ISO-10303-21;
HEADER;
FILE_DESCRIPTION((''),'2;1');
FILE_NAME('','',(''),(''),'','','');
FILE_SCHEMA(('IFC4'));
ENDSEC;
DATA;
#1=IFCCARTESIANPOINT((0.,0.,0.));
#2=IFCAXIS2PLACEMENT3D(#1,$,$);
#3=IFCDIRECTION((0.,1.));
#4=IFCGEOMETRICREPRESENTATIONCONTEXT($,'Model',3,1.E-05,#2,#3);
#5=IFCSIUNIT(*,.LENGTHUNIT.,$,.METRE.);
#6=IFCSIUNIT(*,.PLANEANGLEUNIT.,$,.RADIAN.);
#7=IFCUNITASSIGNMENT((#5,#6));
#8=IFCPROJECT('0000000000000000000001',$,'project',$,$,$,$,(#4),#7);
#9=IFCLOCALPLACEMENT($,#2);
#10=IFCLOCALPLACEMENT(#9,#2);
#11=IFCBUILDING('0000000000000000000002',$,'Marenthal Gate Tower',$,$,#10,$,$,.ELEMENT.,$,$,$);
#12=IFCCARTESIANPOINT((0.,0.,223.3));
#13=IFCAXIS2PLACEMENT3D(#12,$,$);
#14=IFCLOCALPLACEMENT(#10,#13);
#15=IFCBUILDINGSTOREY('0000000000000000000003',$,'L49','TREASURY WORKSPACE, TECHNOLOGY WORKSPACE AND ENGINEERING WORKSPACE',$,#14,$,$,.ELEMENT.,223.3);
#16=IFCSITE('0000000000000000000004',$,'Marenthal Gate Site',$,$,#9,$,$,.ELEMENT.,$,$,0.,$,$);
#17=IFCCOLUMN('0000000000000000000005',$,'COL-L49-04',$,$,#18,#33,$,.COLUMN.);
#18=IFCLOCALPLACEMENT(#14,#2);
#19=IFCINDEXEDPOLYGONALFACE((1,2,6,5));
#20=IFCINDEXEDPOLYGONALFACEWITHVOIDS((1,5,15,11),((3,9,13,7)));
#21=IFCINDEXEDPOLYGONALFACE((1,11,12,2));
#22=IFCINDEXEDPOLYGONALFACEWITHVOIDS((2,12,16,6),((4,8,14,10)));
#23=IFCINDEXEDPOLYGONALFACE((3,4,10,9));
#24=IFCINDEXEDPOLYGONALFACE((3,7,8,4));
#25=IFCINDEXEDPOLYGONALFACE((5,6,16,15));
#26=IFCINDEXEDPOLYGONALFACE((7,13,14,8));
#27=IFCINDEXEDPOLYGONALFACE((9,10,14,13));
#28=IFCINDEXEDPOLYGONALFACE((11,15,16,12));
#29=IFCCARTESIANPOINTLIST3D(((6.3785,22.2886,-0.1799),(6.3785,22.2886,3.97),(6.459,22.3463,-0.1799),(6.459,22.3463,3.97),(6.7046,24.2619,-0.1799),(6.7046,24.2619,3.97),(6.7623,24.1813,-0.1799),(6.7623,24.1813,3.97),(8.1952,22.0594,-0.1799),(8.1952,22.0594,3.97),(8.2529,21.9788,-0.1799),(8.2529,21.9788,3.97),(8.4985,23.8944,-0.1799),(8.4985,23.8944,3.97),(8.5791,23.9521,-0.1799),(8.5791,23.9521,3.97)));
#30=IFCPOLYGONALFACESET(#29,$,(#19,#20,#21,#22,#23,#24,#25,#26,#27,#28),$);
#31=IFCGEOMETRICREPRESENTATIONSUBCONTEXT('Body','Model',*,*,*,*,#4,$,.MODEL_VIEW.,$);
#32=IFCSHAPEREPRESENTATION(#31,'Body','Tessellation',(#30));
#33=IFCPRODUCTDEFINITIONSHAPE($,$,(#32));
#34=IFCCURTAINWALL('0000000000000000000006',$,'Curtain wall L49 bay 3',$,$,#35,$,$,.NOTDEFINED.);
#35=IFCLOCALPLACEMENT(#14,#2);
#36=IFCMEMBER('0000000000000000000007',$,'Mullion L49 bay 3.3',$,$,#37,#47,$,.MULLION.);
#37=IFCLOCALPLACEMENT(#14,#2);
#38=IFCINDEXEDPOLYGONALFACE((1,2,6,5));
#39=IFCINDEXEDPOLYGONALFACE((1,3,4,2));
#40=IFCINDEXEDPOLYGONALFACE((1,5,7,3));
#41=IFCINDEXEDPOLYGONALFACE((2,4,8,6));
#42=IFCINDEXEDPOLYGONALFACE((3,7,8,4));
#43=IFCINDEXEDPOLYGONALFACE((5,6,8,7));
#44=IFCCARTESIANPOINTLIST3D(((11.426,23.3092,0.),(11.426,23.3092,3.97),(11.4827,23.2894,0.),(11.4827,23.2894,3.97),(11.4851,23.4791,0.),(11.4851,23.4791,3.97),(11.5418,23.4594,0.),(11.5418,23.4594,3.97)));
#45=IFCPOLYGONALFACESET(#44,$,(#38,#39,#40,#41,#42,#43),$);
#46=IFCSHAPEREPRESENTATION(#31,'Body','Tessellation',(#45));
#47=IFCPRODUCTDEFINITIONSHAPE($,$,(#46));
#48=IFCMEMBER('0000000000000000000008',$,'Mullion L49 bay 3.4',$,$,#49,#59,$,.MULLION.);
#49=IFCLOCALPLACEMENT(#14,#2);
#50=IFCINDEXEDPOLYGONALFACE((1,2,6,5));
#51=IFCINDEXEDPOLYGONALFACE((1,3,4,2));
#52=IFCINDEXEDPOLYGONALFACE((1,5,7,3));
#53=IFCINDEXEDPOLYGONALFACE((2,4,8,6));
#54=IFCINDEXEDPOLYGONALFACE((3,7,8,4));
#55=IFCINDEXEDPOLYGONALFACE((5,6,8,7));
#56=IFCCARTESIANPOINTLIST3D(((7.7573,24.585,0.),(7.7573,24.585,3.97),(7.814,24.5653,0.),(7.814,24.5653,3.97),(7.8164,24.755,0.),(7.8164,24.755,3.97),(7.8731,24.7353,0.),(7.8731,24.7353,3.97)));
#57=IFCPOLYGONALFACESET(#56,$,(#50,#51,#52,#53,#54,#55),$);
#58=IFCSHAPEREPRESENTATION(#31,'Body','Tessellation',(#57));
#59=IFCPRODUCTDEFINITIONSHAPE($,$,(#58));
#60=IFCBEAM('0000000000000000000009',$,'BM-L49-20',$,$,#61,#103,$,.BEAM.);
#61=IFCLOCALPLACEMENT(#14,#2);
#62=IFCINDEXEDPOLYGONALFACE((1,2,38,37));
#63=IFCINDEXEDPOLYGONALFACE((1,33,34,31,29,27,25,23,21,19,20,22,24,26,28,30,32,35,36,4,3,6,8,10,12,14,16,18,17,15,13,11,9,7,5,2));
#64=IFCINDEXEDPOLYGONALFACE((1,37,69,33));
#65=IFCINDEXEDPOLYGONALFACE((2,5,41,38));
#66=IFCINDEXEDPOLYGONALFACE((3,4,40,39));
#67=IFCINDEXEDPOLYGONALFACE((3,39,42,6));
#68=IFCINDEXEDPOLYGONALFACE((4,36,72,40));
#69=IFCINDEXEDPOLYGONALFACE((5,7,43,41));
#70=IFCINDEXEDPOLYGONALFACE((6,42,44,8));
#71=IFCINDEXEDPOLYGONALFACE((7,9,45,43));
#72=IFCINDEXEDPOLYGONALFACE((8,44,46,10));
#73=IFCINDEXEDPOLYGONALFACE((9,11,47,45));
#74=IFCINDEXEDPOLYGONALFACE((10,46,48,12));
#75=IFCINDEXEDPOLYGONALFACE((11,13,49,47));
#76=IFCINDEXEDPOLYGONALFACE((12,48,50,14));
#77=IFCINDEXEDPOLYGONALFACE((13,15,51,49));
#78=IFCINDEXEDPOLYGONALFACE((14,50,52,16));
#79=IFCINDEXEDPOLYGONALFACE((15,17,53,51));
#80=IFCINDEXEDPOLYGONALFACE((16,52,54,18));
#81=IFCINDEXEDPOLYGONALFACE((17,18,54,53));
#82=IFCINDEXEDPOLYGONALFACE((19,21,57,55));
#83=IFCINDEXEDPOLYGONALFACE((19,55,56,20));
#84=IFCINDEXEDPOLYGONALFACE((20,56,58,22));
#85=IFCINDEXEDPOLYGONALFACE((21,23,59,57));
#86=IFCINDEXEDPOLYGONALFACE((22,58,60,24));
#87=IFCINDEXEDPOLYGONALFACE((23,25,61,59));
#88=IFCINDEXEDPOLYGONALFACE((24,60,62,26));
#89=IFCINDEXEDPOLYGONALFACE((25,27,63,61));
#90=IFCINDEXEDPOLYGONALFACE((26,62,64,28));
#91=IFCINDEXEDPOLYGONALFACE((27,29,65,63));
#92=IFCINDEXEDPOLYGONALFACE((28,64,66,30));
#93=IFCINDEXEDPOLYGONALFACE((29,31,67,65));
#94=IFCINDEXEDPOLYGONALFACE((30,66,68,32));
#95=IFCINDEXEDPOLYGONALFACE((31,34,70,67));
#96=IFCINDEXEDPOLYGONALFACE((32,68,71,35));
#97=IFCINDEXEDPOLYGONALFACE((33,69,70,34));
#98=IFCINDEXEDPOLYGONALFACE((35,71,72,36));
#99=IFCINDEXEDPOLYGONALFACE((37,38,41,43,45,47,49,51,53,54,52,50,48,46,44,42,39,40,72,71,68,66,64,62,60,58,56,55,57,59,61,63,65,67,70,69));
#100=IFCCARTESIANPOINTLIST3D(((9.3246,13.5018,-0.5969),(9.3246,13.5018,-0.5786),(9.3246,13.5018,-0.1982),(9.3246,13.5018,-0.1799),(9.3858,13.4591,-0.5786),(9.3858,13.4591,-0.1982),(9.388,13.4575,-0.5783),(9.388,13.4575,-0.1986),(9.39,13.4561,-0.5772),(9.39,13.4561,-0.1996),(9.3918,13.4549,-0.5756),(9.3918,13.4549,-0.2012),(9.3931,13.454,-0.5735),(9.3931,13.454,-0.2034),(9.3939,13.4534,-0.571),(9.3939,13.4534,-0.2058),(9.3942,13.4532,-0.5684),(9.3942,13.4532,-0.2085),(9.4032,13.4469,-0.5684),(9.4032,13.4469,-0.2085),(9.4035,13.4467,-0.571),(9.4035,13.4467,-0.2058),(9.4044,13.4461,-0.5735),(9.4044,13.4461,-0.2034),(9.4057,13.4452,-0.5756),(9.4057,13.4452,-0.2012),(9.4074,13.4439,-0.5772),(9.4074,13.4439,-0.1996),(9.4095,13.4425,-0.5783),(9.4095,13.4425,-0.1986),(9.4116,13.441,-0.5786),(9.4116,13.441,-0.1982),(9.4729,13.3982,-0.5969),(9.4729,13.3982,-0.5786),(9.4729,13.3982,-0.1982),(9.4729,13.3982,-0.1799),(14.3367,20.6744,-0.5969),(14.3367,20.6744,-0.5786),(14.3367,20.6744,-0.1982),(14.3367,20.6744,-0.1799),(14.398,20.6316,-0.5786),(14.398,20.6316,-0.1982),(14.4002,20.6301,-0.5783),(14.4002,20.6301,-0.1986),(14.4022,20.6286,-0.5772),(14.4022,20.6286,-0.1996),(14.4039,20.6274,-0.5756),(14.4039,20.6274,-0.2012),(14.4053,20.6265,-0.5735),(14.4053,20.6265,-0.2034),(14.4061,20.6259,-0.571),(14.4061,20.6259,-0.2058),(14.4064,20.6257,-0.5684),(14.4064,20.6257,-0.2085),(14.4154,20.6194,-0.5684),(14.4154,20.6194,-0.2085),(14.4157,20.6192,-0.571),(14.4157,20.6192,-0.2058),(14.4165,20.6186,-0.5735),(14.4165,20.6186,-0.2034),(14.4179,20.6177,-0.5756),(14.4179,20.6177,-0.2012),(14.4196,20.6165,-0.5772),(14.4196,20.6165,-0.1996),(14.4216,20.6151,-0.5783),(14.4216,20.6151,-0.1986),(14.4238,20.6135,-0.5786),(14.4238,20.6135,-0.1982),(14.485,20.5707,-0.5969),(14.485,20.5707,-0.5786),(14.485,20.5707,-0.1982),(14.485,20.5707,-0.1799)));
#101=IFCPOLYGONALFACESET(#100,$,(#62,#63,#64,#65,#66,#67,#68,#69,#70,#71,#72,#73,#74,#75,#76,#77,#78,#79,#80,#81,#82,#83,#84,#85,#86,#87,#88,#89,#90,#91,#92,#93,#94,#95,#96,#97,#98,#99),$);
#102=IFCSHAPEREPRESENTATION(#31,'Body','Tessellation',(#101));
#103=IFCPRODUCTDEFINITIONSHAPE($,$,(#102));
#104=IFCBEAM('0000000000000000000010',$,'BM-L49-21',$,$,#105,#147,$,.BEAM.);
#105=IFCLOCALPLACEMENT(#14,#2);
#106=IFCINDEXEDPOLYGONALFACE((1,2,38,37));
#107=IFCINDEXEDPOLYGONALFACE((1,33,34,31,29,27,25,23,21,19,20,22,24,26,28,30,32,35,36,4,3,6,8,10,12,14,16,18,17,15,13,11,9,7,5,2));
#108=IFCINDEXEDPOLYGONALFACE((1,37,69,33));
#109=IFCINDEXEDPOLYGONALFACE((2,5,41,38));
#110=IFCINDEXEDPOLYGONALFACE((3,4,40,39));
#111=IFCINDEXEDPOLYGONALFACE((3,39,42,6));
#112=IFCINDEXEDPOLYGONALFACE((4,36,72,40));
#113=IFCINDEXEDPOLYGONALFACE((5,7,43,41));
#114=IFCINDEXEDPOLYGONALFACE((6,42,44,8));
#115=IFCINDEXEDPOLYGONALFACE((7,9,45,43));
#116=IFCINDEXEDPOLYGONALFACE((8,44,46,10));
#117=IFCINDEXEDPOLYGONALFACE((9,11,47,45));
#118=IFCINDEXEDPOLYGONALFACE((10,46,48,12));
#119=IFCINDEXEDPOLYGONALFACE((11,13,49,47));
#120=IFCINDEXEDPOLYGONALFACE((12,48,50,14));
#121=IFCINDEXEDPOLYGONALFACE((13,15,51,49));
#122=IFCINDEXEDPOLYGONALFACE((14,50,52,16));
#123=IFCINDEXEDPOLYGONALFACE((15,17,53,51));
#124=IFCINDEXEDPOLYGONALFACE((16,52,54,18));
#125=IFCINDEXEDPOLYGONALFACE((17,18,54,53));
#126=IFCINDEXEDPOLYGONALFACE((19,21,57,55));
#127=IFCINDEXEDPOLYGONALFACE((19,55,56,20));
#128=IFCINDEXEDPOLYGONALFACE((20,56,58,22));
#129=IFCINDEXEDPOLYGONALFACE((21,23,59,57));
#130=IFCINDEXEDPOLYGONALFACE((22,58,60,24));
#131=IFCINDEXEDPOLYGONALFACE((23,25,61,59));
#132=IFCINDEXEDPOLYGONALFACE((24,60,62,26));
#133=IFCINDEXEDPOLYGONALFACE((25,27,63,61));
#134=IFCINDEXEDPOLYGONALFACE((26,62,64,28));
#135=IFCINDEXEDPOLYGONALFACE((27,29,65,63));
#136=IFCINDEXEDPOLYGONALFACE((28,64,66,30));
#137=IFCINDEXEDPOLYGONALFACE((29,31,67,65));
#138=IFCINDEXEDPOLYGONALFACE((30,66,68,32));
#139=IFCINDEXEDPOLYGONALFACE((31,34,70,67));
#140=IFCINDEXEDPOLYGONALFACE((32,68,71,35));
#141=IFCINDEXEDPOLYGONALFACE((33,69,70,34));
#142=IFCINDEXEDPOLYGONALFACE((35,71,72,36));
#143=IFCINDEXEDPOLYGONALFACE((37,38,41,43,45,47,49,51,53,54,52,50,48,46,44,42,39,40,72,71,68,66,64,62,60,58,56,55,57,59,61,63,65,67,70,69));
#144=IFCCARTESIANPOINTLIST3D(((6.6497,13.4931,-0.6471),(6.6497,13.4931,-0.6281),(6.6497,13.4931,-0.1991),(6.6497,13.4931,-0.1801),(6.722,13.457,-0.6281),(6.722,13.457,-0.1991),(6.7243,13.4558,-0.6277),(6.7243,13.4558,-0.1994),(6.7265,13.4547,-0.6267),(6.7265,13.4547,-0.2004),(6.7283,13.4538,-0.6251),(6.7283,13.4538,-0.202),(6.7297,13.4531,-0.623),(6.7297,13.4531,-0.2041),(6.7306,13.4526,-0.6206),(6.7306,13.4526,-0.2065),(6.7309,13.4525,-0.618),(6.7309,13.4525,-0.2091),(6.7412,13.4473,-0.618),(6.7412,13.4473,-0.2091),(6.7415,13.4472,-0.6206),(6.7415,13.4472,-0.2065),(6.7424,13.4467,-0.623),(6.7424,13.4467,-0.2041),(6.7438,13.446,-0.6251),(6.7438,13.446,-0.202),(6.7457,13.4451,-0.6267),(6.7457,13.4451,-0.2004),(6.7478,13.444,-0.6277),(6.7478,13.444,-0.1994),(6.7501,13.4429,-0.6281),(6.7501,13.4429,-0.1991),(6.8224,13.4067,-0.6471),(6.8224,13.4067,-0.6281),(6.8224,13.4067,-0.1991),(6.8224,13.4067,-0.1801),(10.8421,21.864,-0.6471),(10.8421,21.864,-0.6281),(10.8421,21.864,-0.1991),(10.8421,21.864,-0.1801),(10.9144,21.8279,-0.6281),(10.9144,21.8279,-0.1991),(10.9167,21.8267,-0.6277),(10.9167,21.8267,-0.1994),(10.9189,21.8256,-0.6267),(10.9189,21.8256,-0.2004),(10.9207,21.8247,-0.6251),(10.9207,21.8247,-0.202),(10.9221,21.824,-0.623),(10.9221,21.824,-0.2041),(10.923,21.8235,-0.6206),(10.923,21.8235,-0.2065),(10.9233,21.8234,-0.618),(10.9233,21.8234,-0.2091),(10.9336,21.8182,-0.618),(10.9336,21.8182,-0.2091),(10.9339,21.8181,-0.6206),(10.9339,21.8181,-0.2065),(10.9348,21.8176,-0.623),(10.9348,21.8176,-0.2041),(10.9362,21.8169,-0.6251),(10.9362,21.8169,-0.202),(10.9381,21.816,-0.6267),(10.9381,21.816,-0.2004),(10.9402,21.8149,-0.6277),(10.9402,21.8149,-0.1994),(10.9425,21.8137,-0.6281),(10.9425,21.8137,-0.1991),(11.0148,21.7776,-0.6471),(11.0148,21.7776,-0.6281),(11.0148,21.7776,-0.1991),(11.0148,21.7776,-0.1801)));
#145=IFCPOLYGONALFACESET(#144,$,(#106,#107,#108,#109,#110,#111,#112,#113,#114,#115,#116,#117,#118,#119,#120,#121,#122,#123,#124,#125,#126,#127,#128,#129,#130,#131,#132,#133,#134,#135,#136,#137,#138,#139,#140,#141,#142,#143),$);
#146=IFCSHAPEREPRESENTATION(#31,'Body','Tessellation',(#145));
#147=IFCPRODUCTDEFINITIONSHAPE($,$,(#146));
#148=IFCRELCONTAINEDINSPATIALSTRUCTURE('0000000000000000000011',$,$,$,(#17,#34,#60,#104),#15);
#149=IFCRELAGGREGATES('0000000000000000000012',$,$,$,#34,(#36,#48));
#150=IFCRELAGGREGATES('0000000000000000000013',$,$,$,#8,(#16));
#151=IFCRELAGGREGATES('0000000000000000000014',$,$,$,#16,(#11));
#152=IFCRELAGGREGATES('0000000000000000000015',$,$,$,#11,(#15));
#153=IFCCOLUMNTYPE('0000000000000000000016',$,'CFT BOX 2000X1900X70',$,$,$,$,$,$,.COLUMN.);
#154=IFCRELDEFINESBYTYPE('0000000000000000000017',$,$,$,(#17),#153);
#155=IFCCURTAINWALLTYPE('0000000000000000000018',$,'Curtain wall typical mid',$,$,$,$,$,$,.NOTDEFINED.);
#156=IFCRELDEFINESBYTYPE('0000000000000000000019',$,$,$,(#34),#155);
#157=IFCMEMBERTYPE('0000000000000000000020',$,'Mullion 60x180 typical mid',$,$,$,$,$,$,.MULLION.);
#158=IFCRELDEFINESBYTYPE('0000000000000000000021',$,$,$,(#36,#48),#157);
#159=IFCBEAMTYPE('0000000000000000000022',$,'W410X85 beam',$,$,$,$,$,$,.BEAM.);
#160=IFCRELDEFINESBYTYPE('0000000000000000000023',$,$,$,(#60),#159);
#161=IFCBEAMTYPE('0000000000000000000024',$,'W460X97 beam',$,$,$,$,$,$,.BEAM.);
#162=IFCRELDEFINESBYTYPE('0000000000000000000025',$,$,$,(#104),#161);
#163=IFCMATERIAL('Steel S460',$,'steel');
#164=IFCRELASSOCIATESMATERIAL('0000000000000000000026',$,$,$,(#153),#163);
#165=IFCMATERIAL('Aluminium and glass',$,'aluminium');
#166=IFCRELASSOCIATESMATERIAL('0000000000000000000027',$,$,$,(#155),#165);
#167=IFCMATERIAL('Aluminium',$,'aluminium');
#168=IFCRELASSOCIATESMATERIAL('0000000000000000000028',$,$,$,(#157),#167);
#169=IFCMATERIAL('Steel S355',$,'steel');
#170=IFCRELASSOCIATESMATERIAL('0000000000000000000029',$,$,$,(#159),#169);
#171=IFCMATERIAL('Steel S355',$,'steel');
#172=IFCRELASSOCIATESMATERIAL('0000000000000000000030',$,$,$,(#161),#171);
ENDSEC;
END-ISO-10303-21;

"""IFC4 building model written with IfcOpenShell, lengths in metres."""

from ifc_helpers import new_model, si_unit, direction, frame, origin, origin_2d, place, context, subcontext, project, spatial, rectangle, hollow_rectangle, i_section, extrude, material, material_profile, profile_set, type_object, element, aggregate, save


model = new_model("IFC4")

# Units and contexts
model_context = context("Model", 3, precision=1e-05, world=origin(), true_north=direction((0.0, 1.0)))
body_context = subcontext(model_context, "Body", "Model", "MODEL_VIEW")
ifc_project = project(units=[si_unit("LENGTHUNIT", "METRE"), si_unit("PLANEANGLEUNIT", "RADIAN")], contexts=[model_context])

# Site, building, storey
site_placement = place(None, origin())
site = spatial("IfcSite", under=ifc_project, at=site_placement, Name="Marenthal Gate Site", CompositionType="ELEMENT", RefElevation=0.0)
building_placement = place(site_placement, origin())
building = spatial("IfcBuilding", under=site, at=building_placement, Name="Marenthal Gate Tower", CompositionType="ELEMENT")
storey_placement = place(building_placement, frame((0.0, 0.0, 223.3)))
storey = spatial("IfcBuildingStorey", under=building, at=storey_placement, Name="L49", Description="TREASURY WORKSPACE, TECHNOLOGY WORKSPACE AND ENGINEERING WORKSPACE", CompositionType="ELEMENT", Elevation=223.3)

# Column
ifc_material_1 = material(Name="Steel S460", Category="steel")
ifc_material_profile_1 = material_profile(ifc_material_1, hollow_rectangle(XDim=1.8999, YDim=2.0, WallThickness=0.0701, at=origin_2d()), Name="CFT BOX 2000X1900X70")
ifc_material_2 = material(Name="Concrete 70 MPa", Category="concrete")
ifc_material_profile_2 = material_profile(ifc_material_2, rectangle(XDim=1.76, YDim=1.8601, at=origin_2d()), Name="CFT BOX 2000X1900X70 INFILL")
ifc_profile_set_1 = profile_set([ifc_material_profile_1, ifc_material_profile_2], Name="Steel S460 shell, Concrete 70 MPa infill")
column_type = type_object("IfcColumnType", Name="CFT BOX 2000X1900X70", PredefinedType="COLUMN", material=ifc_profile_set_1)
column_placement = place(storey_placement, frame((7.4788, 23.1204, -0.1799), z_axis=(0.0, 0.0, 1.0), x_axis=(0.986616, -0.163059, 0.0)))
element("IfcColumn", 1, at=column_placement, inside=storey, type_object=column_type, Name="COL-L49-04", PredefinedType="COLUMN", context=body_context, shape_type="SweptSolid", body=[
    extrude(hollow_rectangle(XDim=1.8999, YDim=2.0, WallThickness=0.0701, at=origin_2d()), origin(), (0.0, 0.0, 1.0), 4.1499),
])

# Curtain wall, members
ifc_material_3 = material(Name="Aluminium and glass", Category="aluminium")
curtain_wall_type = type_object("IfcCurtainWallType", Name="Curtain wall typical mid", PredefinedType="NOTDEFINED", material=ifc_material_3)
curtain_wall_placement = place(storey_placement, origin())
curtain_wall = element("IfcCurtainWall", 2, at=curtain_wall_placement, inside=storey, type_object=curtain_wall_type, Name="Curtain wall L49 bay 3", PredefinedType="NOTDEFINED")
ifc_material_4 = material(Name="Aluminium", Category="aluminium")
ifc_material_profile_3 = material_profile(ifc_material_4, rectangle(XDim=0.1799, YDim=0.0601, at=origin_2d()), Name="60x180 aluminium mullion")
ifc_profile_set_2 = profile_set([ifc_material_profile_3], Name="Aluminium")
member_type = type_object("IfcMemberType", Name="Mullion 60x180 typical mid", PredefinedType="MULLION", material=ifc_profile_set_2)
member_1_placement = place(storey_placement, frame((11.4839, 23.3843, 0.0), z_axis=(0.0, 0.0, 1.0), x_axis=(-0.328468, -0.944515, 0.0)))
member_1 = element("IfcMember", 3, at=member_1_placement, type_object=member_type, Name="Mullion L49 bay 3.3", PredefinedType="MULLION", context=body_context, shape_type="SweptSolid", body=[
    extrude(rectangle(XDim=0.1799, YDim=0.0601, at=origin_2d()), origin(), (0.0, 0.0, 1.0), 3.97),
])
member_2_placement = place(storey_placement, frame((7.8152, 24.6602, 0.0), z_axis=(0.0, 0.0, 1.0), x_axis=(-0.328468, -0.944515, 0.0)))
member_2 = element("IfcMember", 4, at=member_2_placement, type_object=member_type, Name="Mullion L49 bay 3.4", PredefinedType="MULLION", context=body_context, shape_type="SweptSolid", body=[
    extrude(rectangle(XDim=0.1799, YDim=0.0601, at=origin_2d()), origin(), (0.0, 0.0, 1.0), 3.97),
])

# Beams
ifc_material_5 = material(Name="Steel S355", Category="steel")
ifc_material_profile_4 = material_profile(ifc_material_5, i_section(OverallWidth=0.1809, OverallDepth=0.417, WebThickness=0.011, FlangeThickness=0.0183, FilletRadius=0.0103, at=origin_2d()), Name="W410X85")
ifc_profile_set_3 = profile_set([ifc_material_profile_4], Name="Steel S355")
beam_type_1 = type_object("IfcBeamType", Name="W410X85 beam", PredefinedType="BEAM", material=ifc_profile_set_3)
beam_1_placement = place(storey_placement, frame((14.4109, 20.6226, -0.3884), z_axis=(-0.572801, -0.819694, 0.0), x_axis=(0.819694, -0.572801, 0.0)))
element("IfcBeam", 5, at=beam_1_placement, inside=storey, type_object=beam_type_1, Name="BM-L49-20", PredefinedType="BEAM", context=body_context, shape_type="SweptSolid", body=[
    extrude(i_section(OverallWidth=0.1809, OverallDepth=0.417, WebThickness=0.011, FlangeThickness=0.0183, FilletRadius=0.0103, at=origin_2d()), origin(), (0.0, 0.0, 1.0), 8.7502),
])
ifc_material_6 = material(Name="Steel S355", Category="steel")
ifc_material_profile_5 = material_profile(ifc_material_6, i_section(OverallWidth=0.1931, OverallDepth=0.467, WebThickness=0.0115, FlangeThickness=0.019, FilletRadius=0.01, at=origin_2d()), Name="W460X97")
ifc_profile_set_4 = profile_set([ifc_material_profile_5], Name="Steel S355")
beam_type_2 = type_object("IfcBeamType", Name="W460X97 beam", PredefinedType="BEAM", material=ifc_profile_set_4)
beam_2_placement = place(storey_placement, frame((10.9285, 21.8208, -0.4136), z_axis=(-0.447808, -0.89413, 0.0), x_axis=(0.89413, -0.447808, 0.0)))
element("IfcBeam", 6, at=beam_2_placement, inside=storey, type_object=beam_type_2, Name="BM-L49-21", PredefinedType="BEAM", context=body_context, shape_type="SweptSolid", body=[
    extrude(i_section(OverallWidth=0.1931, OverallDepth=0.467, WebThickness=0.0115, FlangeThickness=0.019, FilletRadius=0.01, at=origin_2d()), origin(), (0.0, 0.0, 1.0), 9.3621),
])

aggregate(curtain_wall, [member_1, member_2])

save(model, "model.ifc")
